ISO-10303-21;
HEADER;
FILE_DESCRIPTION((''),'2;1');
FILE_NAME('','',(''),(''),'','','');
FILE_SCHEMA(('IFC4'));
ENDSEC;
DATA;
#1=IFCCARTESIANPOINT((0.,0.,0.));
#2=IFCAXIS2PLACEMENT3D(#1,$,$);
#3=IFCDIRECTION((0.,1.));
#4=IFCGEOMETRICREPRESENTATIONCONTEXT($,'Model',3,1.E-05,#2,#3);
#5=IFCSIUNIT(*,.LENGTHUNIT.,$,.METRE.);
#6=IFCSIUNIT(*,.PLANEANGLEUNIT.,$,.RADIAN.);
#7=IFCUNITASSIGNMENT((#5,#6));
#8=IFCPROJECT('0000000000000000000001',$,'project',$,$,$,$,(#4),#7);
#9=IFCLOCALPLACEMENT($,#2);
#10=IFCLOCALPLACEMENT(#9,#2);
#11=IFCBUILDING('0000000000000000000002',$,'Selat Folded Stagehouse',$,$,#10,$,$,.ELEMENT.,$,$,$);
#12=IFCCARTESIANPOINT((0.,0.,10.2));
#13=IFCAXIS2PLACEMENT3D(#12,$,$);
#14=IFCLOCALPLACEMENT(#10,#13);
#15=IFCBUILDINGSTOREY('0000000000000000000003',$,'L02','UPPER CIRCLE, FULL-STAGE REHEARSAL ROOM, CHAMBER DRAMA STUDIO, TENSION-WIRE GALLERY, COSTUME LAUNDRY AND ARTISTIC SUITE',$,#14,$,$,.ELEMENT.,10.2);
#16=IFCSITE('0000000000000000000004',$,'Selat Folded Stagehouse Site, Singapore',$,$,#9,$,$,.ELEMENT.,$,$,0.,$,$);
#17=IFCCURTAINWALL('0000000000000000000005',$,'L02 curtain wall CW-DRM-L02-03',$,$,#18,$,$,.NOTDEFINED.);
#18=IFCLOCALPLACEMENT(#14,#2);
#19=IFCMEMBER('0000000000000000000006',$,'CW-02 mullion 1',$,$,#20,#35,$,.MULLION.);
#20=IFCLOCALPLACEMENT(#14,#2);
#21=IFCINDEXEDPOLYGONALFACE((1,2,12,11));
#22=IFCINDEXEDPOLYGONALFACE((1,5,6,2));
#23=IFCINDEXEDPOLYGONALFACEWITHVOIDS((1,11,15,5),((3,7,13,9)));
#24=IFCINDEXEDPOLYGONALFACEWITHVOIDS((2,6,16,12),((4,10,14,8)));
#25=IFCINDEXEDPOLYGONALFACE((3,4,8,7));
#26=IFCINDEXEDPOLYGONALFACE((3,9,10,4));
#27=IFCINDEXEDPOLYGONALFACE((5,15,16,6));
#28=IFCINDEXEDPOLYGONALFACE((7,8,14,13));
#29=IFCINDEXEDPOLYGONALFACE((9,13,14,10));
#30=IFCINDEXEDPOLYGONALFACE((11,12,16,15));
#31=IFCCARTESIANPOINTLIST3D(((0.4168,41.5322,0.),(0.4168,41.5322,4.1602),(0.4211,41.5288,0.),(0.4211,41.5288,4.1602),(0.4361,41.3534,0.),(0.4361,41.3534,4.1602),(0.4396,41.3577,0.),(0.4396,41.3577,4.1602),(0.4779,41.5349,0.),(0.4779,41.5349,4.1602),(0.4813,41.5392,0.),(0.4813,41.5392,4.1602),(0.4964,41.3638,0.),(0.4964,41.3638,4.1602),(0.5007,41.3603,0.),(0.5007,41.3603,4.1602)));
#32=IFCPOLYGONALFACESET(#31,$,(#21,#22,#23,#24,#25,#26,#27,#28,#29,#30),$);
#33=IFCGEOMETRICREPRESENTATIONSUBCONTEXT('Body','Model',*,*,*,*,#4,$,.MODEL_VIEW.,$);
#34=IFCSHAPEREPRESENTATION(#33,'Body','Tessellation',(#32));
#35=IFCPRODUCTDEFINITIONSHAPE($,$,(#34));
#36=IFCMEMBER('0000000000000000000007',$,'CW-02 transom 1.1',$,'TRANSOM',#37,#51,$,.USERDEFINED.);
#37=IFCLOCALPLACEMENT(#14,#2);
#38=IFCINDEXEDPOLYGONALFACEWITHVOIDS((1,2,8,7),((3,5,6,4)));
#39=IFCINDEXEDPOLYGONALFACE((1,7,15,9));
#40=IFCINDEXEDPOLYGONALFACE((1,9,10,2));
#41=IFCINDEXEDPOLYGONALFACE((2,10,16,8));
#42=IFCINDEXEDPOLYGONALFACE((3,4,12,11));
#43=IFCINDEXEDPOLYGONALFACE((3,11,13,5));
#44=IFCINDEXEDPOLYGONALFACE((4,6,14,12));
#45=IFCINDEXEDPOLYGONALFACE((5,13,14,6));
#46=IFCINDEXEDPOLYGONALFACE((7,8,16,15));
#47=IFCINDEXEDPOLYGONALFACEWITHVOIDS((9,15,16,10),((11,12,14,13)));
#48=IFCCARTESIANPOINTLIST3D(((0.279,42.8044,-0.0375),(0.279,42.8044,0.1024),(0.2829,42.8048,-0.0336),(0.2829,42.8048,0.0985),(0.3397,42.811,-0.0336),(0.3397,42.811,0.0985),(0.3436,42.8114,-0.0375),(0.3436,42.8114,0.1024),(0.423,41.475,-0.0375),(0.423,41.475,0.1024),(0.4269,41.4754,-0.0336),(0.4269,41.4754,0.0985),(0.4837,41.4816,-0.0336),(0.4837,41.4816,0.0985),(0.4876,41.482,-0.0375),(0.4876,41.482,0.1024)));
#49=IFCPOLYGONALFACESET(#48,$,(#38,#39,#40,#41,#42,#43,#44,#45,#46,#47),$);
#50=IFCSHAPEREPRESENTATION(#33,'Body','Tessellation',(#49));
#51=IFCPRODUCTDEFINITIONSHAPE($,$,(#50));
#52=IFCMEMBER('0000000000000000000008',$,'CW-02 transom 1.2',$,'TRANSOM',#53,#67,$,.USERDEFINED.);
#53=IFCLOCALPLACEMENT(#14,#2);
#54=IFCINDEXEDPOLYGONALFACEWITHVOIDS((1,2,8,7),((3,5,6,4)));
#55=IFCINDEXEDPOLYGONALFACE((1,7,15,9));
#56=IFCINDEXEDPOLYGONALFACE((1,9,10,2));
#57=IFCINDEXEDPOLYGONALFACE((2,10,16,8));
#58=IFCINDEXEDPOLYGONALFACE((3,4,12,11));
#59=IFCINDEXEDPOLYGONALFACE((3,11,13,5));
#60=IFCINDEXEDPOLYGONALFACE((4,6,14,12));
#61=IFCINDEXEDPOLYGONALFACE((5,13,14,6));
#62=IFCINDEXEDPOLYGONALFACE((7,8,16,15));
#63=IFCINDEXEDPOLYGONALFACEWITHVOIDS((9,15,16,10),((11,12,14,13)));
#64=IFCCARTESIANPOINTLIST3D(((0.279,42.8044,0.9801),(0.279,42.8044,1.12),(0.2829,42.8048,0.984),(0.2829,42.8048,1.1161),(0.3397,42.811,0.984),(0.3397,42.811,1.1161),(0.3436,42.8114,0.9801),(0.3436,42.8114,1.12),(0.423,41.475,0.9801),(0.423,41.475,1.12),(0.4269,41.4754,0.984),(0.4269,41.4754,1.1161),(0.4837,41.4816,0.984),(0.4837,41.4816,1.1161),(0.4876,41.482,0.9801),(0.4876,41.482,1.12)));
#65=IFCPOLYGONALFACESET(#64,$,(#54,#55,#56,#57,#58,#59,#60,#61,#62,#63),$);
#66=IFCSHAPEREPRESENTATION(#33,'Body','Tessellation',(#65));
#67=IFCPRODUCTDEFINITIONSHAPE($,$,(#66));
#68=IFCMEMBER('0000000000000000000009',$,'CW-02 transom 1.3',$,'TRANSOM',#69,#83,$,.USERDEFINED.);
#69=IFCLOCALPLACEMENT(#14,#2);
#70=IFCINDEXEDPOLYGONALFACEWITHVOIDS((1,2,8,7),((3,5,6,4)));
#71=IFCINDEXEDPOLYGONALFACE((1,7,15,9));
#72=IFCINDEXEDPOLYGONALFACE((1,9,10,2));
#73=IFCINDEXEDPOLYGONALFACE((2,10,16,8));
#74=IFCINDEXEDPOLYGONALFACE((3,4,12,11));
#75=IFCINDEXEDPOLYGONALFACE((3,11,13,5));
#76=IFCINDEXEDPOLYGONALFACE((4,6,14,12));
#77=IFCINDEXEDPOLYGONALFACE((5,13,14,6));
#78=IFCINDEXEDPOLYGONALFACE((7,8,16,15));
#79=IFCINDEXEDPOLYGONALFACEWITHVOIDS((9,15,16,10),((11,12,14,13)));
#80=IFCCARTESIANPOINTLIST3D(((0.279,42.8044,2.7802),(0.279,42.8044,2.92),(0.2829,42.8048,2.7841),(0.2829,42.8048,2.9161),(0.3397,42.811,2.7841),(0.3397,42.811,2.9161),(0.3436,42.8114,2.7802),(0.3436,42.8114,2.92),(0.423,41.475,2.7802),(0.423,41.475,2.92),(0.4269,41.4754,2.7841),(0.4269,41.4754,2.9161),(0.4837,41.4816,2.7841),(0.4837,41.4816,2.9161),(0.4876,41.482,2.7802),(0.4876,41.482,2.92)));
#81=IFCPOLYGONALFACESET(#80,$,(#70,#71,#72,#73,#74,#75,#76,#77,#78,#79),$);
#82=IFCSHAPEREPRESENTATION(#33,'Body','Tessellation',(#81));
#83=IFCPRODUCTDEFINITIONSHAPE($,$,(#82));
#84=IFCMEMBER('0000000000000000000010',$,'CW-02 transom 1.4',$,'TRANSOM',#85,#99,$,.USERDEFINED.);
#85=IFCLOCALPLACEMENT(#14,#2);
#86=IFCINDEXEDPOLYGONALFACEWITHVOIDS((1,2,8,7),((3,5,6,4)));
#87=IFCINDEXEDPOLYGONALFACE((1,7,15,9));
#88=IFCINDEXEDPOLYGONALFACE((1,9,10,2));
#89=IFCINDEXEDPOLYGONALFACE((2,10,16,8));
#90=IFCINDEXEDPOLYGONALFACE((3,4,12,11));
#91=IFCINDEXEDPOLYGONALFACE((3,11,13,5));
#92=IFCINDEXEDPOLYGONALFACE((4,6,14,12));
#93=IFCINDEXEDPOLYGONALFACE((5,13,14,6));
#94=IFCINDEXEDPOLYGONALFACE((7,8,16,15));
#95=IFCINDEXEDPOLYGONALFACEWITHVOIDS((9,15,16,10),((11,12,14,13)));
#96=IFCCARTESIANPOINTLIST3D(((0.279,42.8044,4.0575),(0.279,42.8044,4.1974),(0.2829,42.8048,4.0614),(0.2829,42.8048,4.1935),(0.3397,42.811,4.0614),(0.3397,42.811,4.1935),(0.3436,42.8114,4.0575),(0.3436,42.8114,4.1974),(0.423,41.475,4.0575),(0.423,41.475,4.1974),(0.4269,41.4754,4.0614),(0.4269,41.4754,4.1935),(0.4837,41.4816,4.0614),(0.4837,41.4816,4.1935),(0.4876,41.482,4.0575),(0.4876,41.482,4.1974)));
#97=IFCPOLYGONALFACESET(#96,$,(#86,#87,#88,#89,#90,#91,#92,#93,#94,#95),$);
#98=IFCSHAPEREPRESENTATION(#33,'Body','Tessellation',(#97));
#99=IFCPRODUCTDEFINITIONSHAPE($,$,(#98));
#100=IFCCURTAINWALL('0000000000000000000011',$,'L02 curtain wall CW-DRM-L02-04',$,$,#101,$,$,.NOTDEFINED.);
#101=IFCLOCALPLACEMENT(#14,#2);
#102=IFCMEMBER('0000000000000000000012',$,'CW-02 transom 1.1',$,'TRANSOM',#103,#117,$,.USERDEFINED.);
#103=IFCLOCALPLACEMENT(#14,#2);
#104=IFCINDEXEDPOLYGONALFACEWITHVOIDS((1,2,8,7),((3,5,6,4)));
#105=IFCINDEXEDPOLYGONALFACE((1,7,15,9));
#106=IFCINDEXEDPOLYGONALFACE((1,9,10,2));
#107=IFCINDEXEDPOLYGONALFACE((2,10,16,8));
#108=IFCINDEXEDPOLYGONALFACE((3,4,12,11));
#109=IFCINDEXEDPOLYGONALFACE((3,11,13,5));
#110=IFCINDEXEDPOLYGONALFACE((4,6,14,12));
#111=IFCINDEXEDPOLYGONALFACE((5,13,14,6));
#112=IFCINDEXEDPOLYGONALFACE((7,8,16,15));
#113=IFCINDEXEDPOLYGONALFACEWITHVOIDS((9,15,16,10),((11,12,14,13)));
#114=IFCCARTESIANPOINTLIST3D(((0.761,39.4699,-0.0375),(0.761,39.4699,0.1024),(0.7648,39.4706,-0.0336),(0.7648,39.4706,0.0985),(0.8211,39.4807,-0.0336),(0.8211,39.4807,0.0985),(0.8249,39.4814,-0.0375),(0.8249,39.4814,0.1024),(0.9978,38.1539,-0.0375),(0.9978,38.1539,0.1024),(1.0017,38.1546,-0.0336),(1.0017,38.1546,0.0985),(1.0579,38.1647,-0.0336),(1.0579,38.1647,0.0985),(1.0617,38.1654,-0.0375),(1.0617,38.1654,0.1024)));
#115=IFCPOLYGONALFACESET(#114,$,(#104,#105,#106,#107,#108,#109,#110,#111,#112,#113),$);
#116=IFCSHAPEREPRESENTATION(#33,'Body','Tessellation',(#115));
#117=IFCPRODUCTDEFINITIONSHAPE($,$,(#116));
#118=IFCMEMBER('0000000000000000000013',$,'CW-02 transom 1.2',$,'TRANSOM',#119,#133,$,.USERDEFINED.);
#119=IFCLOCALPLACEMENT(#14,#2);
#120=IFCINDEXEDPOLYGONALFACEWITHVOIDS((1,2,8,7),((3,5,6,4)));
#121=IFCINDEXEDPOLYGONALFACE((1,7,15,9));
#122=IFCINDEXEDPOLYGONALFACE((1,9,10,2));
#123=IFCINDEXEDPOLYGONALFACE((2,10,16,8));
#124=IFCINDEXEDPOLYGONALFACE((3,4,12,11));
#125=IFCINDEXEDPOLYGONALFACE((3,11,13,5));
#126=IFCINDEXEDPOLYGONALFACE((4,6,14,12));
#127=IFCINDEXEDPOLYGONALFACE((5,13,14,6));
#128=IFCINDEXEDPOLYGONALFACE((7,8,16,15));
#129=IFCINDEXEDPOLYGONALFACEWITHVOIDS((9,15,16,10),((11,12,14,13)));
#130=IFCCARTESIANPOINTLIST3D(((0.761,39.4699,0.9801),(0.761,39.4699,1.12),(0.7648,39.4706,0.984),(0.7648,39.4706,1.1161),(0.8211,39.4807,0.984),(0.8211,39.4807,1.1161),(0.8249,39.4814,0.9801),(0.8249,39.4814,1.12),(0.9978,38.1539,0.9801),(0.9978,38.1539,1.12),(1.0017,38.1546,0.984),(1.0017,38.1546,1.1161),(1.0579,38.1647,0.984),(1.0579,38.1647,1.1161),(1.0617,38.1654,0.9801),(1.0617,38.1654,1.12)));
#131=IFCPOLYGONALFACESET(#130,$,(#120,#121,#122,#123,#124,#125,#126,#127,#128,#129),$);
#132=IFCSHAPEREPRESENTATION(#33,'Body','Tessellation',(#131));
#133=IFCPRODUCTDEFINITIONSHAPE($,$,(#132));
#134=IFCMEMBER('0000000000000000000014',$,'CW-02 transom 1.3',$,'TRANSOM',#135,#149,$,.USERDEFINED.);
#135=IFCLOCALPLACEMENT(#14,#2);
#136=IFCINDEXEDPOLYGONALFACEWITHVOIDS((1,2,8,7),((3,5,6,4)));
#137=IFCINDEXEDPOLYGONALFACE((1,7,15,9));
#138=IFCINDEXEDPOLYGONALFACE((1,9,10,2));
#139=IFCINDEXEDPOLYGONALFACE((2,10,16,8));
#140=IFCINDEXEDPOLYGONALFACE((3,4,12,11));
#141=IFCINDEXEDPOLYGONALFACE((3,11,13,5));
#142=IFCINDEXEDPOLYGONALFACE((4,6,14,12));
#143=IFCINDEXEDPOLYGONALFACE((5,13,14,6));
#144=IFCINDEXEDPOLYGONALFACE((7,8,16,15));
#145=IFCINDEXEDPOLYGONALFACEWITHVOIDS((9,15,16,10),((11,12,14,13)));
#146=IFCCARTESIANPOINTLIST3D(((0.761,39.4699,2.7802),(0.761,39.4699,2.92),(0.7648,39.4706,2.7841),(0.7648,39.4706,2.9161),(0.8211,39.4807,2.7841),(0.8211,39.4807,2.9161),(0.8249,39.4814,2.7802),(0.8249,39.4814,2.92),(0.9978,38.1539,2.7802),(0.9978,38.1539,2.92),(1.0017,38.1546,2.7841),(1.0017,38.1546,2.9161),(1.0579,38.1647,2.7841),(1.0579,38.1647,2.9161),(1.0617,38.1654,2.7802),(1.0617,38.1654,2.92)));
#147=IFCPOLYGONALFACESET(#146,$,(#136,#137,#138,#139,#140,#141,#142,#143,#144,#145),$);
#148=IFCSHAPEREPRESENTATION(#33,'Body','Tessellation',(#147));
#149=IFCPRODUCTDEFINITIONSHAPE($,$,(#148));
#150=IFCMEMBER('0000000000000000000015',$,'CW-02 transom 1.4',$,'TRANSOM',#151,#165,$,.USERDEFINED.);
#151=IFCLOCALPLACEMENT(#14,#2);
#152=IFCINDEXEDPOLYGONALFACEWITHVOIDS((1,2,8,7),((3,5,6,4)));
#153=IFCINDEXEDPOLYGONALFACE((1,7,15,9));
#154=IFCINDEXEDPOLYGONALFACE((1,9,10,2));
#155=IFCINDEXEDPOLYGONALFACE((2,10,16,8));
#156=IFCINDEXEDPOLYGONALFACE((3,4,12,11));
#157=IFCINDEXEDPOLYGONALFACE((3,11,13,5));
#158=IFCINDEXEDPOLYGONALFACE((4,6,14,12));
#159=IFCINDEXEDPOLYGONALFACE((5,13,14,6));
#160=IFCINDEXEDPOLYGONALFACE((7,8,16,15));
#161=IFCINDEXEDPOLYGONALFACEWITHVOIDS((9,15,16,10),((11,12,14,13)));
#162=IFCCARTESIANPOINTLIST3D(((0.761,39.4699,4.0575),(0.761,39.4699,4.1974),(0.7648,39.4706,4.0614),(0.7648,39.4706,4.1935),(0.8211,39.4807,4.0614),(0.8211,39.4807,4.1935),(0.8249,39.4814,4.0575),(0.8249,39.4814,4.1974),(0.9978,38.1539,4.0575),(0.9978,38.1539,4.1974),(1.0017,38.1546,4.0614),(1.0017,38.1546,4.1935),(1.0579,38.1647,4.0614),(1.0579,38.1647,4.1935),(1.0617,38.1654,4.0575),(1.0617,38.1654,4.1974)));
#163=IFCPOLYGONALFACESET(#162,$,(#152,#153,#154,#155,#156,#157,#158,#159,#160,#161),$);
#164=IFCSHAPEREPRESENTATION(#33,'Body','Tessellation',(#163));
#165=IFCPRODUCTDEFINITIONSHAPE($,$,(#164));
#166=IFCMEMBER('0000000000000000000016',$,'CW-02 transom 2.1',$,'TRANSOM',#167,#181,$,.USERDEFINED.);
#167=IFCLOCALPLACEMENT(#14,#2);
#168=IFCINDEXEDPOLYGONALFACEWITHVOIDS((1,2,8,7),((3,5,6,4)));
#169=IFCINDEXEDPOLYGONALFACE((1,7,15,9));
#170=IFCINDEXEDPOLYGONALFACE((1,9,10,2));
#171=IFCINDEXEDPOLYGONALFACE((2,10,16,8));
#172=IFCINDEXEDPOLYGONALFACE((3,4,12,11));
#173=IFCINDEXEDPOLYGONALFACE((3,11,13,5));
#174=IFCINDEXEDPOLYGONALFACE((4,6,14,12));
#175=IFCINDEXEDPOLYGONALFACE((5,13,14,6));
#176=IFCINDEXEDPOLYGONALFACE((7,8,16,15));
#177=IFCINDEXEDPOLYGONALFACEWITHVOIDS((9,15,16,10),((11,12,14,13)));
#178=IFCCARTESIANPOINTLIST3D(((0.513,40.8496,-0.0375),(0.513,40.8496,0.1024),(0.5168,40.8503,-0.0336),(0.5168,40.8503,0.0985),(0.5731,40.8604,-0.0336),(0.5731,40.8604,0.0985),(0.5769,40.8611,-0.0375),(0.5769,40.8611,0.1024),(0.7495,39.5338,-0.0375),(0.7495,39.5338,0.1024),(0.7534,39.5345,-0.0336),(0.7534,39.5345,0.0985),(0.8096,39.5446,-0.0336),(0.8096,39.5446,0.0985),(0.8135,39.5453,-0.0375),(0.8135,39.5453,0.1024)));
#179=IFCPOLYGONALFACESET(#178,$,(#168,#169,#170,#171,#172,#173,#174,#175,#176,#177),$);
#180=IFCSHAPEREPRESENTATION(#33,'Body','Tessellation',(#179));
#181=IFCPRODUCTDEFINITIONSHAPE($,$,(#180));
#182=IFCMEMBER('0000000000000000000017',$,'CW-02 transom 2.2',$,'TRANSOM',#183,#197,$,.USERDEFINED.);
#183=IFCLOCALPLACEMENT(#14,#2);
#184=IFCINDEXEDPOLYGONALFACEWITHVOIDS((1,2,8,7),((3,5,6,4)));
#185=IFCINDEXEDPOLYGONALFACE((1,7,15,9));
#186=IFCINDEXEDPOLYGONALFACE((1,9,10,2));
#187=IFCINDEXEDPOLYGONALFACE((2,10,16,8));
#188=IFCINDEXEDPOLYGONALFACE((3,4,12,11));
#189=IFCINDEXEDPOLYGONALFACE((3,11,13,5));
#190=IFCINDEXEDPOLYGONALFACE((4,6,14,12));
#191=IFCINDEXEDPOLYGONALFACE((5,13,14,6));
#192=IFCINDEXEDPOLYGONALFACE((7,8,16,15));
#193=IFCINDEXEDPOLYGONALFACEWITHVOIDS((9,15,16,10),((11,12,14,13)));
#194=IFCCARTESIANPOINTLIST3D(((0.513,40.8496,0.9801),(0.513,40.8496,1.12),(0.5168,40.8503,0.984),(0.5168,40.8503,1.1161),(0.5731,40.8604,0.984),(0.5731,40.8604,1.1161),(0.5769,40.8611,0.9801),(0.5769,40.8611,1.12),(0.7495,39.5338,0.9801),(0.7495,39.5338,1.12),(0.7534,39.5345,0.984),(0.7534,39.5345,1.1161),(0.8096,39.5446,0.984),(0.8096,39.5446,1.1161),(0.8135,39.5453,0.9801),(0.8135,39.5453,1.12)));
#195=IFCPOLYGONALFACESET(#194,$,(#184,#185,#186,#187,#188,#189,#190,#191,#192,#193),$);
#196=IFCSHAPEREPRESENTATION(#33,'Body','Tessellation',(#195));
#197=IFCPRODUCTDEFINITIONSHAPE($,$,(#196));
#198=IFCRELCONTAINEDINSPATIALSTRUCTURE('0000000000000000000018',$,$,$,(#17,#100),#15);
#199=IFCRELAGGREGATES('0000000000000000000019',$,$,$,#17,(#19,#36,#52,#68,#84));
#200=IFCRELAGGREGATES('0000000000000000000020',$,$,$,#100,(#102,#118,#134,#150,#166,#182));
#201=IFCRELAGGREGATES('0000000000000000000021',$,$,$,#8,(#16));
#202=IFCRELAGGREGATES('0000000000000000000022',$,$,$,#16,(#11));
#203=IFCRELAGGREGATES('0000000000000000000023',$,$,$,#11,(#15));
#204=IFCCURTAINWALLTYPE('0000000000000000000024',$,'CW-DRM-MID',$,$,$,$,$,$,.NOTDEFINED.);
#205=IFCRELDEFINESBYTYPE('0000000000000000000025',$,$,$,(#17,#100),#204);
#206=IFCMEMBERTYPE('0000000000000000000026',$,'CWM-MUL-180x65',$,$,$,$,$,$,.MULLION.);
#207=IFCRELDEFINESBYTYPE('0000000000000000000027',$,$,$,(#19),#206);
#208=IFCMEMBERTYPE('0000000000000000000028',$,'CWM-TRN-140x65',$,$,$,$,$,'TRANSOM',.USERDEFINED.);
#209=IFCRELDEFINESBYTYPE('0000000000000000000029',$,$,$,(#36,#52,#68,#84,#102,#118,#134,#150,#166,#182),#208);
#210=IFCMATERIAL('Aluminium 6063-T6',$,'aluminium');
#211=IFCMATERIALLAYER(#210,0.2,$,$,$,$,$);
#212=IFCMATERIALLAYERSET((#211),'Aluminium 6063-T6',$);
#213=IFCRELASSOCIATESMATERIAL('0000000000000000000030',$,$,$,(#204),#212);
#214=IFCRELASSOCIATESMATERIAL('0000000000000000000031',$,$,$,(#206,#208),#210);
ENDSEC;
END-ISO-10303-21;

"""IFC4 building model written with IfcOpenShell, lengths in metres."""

from ifc_helpers import new_model, si_unit, direction, frame, origin, origin_2d, place, context, subcontext, project, spatial, hollow_rectangle, extrude, material, layer, layer_set, material_profile, profile_set, type_object, element, aggregate, save


model = new_model("IFC4")

# Units and contexts
model_context = context("Model", 3, precision=1e-05, world=origin(), true_north=direction((0.0, 1.0)))
body_context = subcontext(model_context, "Body", "Model", "MODEL_VIEW")
ifc_project = project(units=[si_unit("LENGTHUNIT", "METRE"), si_unit("PLANEANGLEUNIT", "RADIAN")], contexts=[model_context])

# Site, building, storey
site_placement = place(None, origin())
site = spatial("IfcSite", under=ifc_project, at=site_placement, Name="Selat Folded Stagehouse Site, Singapore", CompositionType="ELEMENT", RefElevation=0.0)
building_placement = place(site_placement, origin())
building = spatial("IfcBuilding", under=site, at=building_placement, Name="Selat Folded Stagehouse", CompositionType="ELEMENT")
storey_placement = place(building_placement, frame((0.0, 0.0, 10.2)))
storey = spatial("IfcBuildingStorey", under=building, at=storey_placement, Name="L02", Description="UPPER CIRCLE, FULL-STAGE REHEARSAL ROOM, CHAMBER DRAMA STUDIO, TENSION-WIRE GALLERY, COSTUME LAUNDRY AND ARTISTIC SUITE", CompositionType="ELEMENT", Elevation=10.2)

# Curtain walls, members
ifc_material_1 = material(Name="Aluminium 6063-T6", Category="aluminium")
ifc_layer_1 = layer(ifc_material_1, 0.2)
ifc_layer_set_1 = layer_set([ifc_layer_1], Name="Aluminium 6063-T6")
curtain_wall_type = type_object("IfcCurtainWallType", Name="CW-DRM-MID", PredefinedType="NOTDEFINED", material=ifc_layer_set_1)
curtain_wall_1_placement = place(storey_placement, origin())
curtain_wall_1 = element("IfcCurtainWall", 1, at=curtain_wall_1_placement, inside=storey, type_object=curtain_wall_type, Name="L02 curtain wall CW-DRM-L02-03", PredefinedType="NOTDEFINED")
ifc_material_profile_1 = material_profile(ifc_material_1, hollow_rectangle(XDim=0.0649, YDim=0.1799, WallThickness=0.0039, at=origin_2d()), Name="ALU 180x65x4.0")
ifc_profile_set_1 = profile_set([ifc_material_profile_1], Name="Aluminium 6063-T6")
member_type_1 = type_object("IfcMemberType", Name="CWM-MUL-180x65", PredefinedType="MULLION", material=ifc_profile_set_1)
member_1_placement = place(storey_placement, frame((0.4587, 41.4463, 0.0), z_axis=(0.0, 0.0, 1.0), x_axis=(-0.994199, -0.107558, 0.0)))
member_1 = element("IfcMember", 2, at=member_1_placement, type_object=member_type_1, Name="CW-02 mullion 1", PredefinedType="MULLION", context=body_context, shape_type="SweptSolid", body=[
    extrude(hollow_rectangle(XDim=0.0649, YDim=0.1799, WallThickness=0.0039, at=origin_2d()), origin(), (0.0, 0.0, 1.0), 4.1602),
])
ifc_material_profile_2 = material_profile(ifc_material_1, hollow_rectangle(XDim=0.0649, YDim=0.1399, WallThickness=0.0039, at=origin_2d()), Name="ALU 140x65x4.0")
ifc_profile_set_2 = profile_set([ifc_material_profile_2], Name="Aluminium 6063-T6")
member_type_2 = type_object("IfcMemberType", Name="CWM-TRN-140x65", ElementType="TRANSOM", PredefinedType="USERDEFINED", material=ifc_profile_set_2)
member_2_placement = place(storey_placement, frame((0.4553, 41.4785, 0.0325), z_axis=(-0.107726, 0.994181, 0.0), x_axis=(-0.994181, -0.107726, 0.0)))
member_2 = element("IfcMember", 3, at=member_2_placement, type_object=member_type_2, Name="CW-02 transom 1.1", ObjectType="TRANSOM", PredefinedType="USERDEFINED", context=body_context, shape_type="SweptSolid", body=[
    extrude(hollow_rectangle(XDim=0.0649, YDim=0.1399, WallThickness=0.0039, at=origin_2d()), origin(), (0.0, 0.0, 1.0), 1.3372),
])
member_3_placement = place(storey_placement, frame((0.4553, 41.4785, 1.05), z_axis=(-0.107726, 0.994181, 0.0), x_axis=(-0.994181, -0.107726, 0.0)))
member_3 = element("IfcMember", 4, at=member_3_placement, type_object=member_type_2, Name="CW-02 transom 1.2", ObjectType="TRANSOM", PredefinedType="USERDEFINED", context=body_context, shape_type="SweptSolid", body=[
    extrude(hollow_rectangle(XDim=0.0649, YDim=0.1399, WallThickness=0.0039, at=origin_2d()), origin(), (0.0, 0.0, 1.0), 1.3372),
])
member_4_placement = place(storey_placement, frame((0.4553, 41.4785, 2.8501), z_axis=(-0.107726, 0.994181, 0.0), x_axis=(-0.994181, -0.107726, 0.0)))
member_4 = element("IfcMember", 5, at=member_4_placement, type_object=member_type_2, Name="CW-02 transom 1.3", ObjectType="TRANSOM", PredefinedType="USERDEFINED", context=body_context, shape_type="SweptSolid", body=[
    extrude(hollow_rectangle(XDim=0.0649, YDim=0.1399, WallThickness=0.0039, at=origin_2d()), origin(), (0.0, 0.0, 1.0), 1.3372),
])
member_5_placement = place(storey_placement, frame((0.4553, 41.4785, 4.1274), z_axis=(-0.107726, 0.994181, 0.0), x_axis=(-0.994181, -0.107726, 0.0)))
member_5 = element("IfcMember", 6, at=member_5_placement, type_object=member_type_2, Name="CW-02 transom 1.4", ObjectType="TRANSOM", PredefinedType="USERDEFINED", context=body_context, shape_type="SweptSolid", body=[
    extrude(hollow_rectangle(XDim=0.0649, YDim=0.1399, WallThickness=0.0039, at=origin_2d()), origin(), (0.0, 0.0, 1.0), 1.3372),
])
aggregate(curtain_wall_1, [member_1, member_2, member_3, member_4, member_5])
curtain_wall_2_placement = place(storey_placement, origin())
curtain_wall_2 = element("IfcCurtainWall", 7, at=curtain_wall_2_placement, inside=storey, type_object=curtain_wall_type, Name="L02 curtain wall CW-DRM-L02-04", PredefinedType="NOTDEFINED")
member_6_placement = place(storey_placement, frame((1.0298, 38.1597, 0.0325), z_axis=(-0.177118, 0.98419, 0.0), x_axis=(-0.98419, -0.177118, 0.0)))
member_6 = element("IfcMember", 8, at=member_6_placement, type_object=member_type_2, Name="CW-02 transom 1.1", ObjectType="TRANSOM", PredefinedType="USERDEFINED", context=body_context, shape_type="SweptSolid", body=[
    extrude(hollow_rectangle(XDim=0.0649, YDim=0.1399, WallThickness=0.0039, at=origin_2d()), origin(), (0.0, 0.0, 1.0), 1.3372),
])
member_7_placement = place(storey_placement, frame((1.0298, 38.1597, 1.05), z_axis=(-0.177118, 0.98419, 0.0), x_axis=(-0.98419, -0.177118, 0.0)))
member_7 = element("IfcMember", 9, at=member_7_placement, type_object=member_type_2, Name="CW-02 transom 1.2", ObjectType="TRANSOM", PredefinedType="USERDEFINED", context=body_context, shape_type="SweptSolid", body=[
    extrude(hollow_rectangle(XDim=0.0649, YDim=0.1399, WallThickness=0.0039, at=origin_2d()), origin(), (0.0, 0.0, 1.0), 1.3372),
])
member_8_placement = place(storey_placement, frame((1.0298, 38.1597, 2.8501), z_axis=(-0.177118, 0.98419, 0.0), x_axis=(-0.98419, -0.177118, 0.0)))
member_8 = element("IfcMember", 10, at=member_8_placement, type_object=member_type_2, Name="CW-02 transom 1.3", ObjectType="TRANSOM", PredefinedType="USERDEFINED", context=body_context, shape_type="SweptSolid", body=[
    extrude(hollow_rectangle(XDim=0.0649, YDim=0.1399, WallThickness=0.0039, at=origin_2d()), origin(), (0.0, 0.0, 1.0), 1.3372),
])
member_9_placement = place(storey_placement, frame((1.0298, 38.1597, 4.1274), z_axis=(-0.177118, 0.98419, 0.0), x_axis=(-0.98419, -0.177118, 0.0)))
member_9 = element("IfcMember", 11, at=member_9_placement, type_object=member_type_2, Name="CW-02 transom 1.4", ObjectType="TRANSOM", PredefinedType="USERDEFINED", context=body_context, shape_type="SweptSolid", body=[
    extrude(hollow_rectangle(XDim=0.0649, YDim=0.1399, WallThickness=0.0039, at=origin_2d()), origin(), (0.0, 0.0, 1.0), 1.3372),
])
member_10_placement = place(storey_placement, frame((0.7815, 39.5396, 0.0325), z_axis=(-0.176941, 0.984222, 0.0), x_axis=(-0.984222, -0.176941, 0.0)))
member_10 = element("IfcMember", 12, at=member_10_placement, type_object=member_type_2, Name="CW-02 transom 2.1", ObjectType="TRANSOM", PredefinedType="USERDEFINED", context=body_context, shape_type="SweptSolid", body=[
    extrude(hollow_rectangle(XDim=0.0649, YDim=0.1399, WallThickness=0.0039, at=origin_2d()), origin(), (0.0, 0.0, 1.0), 1.3369),
])
member_11_placement = place(storey_placement, frame((0.7815, 39.5396, 1.05), z_axis=(-0.176941, 0.984222, 0.0), x_axis=(-0.984222, -0.176941, 0.0)))
member_11 = element("IfcMember", 13, at=member_11_placement, type_object=member_type_2, Name="CW-02 transom 2.2", ObjectType="TRANSOM", PredefinedType="USERDEFINED", context=body_context, shape_type="SweptSolid", body=[
    extrude(hollow_rectangle(XDim=0.0649, YDim=0.1399, WallThickness=0.0039, at=origin_2d()), origin(), (0.0, 0.0, 1.0), 1.3369),
])

aggregate(curtain_wall_2, [member_6, member_7, member_8, member_9, member_10, member_11])

save(model, "model.ifc")
